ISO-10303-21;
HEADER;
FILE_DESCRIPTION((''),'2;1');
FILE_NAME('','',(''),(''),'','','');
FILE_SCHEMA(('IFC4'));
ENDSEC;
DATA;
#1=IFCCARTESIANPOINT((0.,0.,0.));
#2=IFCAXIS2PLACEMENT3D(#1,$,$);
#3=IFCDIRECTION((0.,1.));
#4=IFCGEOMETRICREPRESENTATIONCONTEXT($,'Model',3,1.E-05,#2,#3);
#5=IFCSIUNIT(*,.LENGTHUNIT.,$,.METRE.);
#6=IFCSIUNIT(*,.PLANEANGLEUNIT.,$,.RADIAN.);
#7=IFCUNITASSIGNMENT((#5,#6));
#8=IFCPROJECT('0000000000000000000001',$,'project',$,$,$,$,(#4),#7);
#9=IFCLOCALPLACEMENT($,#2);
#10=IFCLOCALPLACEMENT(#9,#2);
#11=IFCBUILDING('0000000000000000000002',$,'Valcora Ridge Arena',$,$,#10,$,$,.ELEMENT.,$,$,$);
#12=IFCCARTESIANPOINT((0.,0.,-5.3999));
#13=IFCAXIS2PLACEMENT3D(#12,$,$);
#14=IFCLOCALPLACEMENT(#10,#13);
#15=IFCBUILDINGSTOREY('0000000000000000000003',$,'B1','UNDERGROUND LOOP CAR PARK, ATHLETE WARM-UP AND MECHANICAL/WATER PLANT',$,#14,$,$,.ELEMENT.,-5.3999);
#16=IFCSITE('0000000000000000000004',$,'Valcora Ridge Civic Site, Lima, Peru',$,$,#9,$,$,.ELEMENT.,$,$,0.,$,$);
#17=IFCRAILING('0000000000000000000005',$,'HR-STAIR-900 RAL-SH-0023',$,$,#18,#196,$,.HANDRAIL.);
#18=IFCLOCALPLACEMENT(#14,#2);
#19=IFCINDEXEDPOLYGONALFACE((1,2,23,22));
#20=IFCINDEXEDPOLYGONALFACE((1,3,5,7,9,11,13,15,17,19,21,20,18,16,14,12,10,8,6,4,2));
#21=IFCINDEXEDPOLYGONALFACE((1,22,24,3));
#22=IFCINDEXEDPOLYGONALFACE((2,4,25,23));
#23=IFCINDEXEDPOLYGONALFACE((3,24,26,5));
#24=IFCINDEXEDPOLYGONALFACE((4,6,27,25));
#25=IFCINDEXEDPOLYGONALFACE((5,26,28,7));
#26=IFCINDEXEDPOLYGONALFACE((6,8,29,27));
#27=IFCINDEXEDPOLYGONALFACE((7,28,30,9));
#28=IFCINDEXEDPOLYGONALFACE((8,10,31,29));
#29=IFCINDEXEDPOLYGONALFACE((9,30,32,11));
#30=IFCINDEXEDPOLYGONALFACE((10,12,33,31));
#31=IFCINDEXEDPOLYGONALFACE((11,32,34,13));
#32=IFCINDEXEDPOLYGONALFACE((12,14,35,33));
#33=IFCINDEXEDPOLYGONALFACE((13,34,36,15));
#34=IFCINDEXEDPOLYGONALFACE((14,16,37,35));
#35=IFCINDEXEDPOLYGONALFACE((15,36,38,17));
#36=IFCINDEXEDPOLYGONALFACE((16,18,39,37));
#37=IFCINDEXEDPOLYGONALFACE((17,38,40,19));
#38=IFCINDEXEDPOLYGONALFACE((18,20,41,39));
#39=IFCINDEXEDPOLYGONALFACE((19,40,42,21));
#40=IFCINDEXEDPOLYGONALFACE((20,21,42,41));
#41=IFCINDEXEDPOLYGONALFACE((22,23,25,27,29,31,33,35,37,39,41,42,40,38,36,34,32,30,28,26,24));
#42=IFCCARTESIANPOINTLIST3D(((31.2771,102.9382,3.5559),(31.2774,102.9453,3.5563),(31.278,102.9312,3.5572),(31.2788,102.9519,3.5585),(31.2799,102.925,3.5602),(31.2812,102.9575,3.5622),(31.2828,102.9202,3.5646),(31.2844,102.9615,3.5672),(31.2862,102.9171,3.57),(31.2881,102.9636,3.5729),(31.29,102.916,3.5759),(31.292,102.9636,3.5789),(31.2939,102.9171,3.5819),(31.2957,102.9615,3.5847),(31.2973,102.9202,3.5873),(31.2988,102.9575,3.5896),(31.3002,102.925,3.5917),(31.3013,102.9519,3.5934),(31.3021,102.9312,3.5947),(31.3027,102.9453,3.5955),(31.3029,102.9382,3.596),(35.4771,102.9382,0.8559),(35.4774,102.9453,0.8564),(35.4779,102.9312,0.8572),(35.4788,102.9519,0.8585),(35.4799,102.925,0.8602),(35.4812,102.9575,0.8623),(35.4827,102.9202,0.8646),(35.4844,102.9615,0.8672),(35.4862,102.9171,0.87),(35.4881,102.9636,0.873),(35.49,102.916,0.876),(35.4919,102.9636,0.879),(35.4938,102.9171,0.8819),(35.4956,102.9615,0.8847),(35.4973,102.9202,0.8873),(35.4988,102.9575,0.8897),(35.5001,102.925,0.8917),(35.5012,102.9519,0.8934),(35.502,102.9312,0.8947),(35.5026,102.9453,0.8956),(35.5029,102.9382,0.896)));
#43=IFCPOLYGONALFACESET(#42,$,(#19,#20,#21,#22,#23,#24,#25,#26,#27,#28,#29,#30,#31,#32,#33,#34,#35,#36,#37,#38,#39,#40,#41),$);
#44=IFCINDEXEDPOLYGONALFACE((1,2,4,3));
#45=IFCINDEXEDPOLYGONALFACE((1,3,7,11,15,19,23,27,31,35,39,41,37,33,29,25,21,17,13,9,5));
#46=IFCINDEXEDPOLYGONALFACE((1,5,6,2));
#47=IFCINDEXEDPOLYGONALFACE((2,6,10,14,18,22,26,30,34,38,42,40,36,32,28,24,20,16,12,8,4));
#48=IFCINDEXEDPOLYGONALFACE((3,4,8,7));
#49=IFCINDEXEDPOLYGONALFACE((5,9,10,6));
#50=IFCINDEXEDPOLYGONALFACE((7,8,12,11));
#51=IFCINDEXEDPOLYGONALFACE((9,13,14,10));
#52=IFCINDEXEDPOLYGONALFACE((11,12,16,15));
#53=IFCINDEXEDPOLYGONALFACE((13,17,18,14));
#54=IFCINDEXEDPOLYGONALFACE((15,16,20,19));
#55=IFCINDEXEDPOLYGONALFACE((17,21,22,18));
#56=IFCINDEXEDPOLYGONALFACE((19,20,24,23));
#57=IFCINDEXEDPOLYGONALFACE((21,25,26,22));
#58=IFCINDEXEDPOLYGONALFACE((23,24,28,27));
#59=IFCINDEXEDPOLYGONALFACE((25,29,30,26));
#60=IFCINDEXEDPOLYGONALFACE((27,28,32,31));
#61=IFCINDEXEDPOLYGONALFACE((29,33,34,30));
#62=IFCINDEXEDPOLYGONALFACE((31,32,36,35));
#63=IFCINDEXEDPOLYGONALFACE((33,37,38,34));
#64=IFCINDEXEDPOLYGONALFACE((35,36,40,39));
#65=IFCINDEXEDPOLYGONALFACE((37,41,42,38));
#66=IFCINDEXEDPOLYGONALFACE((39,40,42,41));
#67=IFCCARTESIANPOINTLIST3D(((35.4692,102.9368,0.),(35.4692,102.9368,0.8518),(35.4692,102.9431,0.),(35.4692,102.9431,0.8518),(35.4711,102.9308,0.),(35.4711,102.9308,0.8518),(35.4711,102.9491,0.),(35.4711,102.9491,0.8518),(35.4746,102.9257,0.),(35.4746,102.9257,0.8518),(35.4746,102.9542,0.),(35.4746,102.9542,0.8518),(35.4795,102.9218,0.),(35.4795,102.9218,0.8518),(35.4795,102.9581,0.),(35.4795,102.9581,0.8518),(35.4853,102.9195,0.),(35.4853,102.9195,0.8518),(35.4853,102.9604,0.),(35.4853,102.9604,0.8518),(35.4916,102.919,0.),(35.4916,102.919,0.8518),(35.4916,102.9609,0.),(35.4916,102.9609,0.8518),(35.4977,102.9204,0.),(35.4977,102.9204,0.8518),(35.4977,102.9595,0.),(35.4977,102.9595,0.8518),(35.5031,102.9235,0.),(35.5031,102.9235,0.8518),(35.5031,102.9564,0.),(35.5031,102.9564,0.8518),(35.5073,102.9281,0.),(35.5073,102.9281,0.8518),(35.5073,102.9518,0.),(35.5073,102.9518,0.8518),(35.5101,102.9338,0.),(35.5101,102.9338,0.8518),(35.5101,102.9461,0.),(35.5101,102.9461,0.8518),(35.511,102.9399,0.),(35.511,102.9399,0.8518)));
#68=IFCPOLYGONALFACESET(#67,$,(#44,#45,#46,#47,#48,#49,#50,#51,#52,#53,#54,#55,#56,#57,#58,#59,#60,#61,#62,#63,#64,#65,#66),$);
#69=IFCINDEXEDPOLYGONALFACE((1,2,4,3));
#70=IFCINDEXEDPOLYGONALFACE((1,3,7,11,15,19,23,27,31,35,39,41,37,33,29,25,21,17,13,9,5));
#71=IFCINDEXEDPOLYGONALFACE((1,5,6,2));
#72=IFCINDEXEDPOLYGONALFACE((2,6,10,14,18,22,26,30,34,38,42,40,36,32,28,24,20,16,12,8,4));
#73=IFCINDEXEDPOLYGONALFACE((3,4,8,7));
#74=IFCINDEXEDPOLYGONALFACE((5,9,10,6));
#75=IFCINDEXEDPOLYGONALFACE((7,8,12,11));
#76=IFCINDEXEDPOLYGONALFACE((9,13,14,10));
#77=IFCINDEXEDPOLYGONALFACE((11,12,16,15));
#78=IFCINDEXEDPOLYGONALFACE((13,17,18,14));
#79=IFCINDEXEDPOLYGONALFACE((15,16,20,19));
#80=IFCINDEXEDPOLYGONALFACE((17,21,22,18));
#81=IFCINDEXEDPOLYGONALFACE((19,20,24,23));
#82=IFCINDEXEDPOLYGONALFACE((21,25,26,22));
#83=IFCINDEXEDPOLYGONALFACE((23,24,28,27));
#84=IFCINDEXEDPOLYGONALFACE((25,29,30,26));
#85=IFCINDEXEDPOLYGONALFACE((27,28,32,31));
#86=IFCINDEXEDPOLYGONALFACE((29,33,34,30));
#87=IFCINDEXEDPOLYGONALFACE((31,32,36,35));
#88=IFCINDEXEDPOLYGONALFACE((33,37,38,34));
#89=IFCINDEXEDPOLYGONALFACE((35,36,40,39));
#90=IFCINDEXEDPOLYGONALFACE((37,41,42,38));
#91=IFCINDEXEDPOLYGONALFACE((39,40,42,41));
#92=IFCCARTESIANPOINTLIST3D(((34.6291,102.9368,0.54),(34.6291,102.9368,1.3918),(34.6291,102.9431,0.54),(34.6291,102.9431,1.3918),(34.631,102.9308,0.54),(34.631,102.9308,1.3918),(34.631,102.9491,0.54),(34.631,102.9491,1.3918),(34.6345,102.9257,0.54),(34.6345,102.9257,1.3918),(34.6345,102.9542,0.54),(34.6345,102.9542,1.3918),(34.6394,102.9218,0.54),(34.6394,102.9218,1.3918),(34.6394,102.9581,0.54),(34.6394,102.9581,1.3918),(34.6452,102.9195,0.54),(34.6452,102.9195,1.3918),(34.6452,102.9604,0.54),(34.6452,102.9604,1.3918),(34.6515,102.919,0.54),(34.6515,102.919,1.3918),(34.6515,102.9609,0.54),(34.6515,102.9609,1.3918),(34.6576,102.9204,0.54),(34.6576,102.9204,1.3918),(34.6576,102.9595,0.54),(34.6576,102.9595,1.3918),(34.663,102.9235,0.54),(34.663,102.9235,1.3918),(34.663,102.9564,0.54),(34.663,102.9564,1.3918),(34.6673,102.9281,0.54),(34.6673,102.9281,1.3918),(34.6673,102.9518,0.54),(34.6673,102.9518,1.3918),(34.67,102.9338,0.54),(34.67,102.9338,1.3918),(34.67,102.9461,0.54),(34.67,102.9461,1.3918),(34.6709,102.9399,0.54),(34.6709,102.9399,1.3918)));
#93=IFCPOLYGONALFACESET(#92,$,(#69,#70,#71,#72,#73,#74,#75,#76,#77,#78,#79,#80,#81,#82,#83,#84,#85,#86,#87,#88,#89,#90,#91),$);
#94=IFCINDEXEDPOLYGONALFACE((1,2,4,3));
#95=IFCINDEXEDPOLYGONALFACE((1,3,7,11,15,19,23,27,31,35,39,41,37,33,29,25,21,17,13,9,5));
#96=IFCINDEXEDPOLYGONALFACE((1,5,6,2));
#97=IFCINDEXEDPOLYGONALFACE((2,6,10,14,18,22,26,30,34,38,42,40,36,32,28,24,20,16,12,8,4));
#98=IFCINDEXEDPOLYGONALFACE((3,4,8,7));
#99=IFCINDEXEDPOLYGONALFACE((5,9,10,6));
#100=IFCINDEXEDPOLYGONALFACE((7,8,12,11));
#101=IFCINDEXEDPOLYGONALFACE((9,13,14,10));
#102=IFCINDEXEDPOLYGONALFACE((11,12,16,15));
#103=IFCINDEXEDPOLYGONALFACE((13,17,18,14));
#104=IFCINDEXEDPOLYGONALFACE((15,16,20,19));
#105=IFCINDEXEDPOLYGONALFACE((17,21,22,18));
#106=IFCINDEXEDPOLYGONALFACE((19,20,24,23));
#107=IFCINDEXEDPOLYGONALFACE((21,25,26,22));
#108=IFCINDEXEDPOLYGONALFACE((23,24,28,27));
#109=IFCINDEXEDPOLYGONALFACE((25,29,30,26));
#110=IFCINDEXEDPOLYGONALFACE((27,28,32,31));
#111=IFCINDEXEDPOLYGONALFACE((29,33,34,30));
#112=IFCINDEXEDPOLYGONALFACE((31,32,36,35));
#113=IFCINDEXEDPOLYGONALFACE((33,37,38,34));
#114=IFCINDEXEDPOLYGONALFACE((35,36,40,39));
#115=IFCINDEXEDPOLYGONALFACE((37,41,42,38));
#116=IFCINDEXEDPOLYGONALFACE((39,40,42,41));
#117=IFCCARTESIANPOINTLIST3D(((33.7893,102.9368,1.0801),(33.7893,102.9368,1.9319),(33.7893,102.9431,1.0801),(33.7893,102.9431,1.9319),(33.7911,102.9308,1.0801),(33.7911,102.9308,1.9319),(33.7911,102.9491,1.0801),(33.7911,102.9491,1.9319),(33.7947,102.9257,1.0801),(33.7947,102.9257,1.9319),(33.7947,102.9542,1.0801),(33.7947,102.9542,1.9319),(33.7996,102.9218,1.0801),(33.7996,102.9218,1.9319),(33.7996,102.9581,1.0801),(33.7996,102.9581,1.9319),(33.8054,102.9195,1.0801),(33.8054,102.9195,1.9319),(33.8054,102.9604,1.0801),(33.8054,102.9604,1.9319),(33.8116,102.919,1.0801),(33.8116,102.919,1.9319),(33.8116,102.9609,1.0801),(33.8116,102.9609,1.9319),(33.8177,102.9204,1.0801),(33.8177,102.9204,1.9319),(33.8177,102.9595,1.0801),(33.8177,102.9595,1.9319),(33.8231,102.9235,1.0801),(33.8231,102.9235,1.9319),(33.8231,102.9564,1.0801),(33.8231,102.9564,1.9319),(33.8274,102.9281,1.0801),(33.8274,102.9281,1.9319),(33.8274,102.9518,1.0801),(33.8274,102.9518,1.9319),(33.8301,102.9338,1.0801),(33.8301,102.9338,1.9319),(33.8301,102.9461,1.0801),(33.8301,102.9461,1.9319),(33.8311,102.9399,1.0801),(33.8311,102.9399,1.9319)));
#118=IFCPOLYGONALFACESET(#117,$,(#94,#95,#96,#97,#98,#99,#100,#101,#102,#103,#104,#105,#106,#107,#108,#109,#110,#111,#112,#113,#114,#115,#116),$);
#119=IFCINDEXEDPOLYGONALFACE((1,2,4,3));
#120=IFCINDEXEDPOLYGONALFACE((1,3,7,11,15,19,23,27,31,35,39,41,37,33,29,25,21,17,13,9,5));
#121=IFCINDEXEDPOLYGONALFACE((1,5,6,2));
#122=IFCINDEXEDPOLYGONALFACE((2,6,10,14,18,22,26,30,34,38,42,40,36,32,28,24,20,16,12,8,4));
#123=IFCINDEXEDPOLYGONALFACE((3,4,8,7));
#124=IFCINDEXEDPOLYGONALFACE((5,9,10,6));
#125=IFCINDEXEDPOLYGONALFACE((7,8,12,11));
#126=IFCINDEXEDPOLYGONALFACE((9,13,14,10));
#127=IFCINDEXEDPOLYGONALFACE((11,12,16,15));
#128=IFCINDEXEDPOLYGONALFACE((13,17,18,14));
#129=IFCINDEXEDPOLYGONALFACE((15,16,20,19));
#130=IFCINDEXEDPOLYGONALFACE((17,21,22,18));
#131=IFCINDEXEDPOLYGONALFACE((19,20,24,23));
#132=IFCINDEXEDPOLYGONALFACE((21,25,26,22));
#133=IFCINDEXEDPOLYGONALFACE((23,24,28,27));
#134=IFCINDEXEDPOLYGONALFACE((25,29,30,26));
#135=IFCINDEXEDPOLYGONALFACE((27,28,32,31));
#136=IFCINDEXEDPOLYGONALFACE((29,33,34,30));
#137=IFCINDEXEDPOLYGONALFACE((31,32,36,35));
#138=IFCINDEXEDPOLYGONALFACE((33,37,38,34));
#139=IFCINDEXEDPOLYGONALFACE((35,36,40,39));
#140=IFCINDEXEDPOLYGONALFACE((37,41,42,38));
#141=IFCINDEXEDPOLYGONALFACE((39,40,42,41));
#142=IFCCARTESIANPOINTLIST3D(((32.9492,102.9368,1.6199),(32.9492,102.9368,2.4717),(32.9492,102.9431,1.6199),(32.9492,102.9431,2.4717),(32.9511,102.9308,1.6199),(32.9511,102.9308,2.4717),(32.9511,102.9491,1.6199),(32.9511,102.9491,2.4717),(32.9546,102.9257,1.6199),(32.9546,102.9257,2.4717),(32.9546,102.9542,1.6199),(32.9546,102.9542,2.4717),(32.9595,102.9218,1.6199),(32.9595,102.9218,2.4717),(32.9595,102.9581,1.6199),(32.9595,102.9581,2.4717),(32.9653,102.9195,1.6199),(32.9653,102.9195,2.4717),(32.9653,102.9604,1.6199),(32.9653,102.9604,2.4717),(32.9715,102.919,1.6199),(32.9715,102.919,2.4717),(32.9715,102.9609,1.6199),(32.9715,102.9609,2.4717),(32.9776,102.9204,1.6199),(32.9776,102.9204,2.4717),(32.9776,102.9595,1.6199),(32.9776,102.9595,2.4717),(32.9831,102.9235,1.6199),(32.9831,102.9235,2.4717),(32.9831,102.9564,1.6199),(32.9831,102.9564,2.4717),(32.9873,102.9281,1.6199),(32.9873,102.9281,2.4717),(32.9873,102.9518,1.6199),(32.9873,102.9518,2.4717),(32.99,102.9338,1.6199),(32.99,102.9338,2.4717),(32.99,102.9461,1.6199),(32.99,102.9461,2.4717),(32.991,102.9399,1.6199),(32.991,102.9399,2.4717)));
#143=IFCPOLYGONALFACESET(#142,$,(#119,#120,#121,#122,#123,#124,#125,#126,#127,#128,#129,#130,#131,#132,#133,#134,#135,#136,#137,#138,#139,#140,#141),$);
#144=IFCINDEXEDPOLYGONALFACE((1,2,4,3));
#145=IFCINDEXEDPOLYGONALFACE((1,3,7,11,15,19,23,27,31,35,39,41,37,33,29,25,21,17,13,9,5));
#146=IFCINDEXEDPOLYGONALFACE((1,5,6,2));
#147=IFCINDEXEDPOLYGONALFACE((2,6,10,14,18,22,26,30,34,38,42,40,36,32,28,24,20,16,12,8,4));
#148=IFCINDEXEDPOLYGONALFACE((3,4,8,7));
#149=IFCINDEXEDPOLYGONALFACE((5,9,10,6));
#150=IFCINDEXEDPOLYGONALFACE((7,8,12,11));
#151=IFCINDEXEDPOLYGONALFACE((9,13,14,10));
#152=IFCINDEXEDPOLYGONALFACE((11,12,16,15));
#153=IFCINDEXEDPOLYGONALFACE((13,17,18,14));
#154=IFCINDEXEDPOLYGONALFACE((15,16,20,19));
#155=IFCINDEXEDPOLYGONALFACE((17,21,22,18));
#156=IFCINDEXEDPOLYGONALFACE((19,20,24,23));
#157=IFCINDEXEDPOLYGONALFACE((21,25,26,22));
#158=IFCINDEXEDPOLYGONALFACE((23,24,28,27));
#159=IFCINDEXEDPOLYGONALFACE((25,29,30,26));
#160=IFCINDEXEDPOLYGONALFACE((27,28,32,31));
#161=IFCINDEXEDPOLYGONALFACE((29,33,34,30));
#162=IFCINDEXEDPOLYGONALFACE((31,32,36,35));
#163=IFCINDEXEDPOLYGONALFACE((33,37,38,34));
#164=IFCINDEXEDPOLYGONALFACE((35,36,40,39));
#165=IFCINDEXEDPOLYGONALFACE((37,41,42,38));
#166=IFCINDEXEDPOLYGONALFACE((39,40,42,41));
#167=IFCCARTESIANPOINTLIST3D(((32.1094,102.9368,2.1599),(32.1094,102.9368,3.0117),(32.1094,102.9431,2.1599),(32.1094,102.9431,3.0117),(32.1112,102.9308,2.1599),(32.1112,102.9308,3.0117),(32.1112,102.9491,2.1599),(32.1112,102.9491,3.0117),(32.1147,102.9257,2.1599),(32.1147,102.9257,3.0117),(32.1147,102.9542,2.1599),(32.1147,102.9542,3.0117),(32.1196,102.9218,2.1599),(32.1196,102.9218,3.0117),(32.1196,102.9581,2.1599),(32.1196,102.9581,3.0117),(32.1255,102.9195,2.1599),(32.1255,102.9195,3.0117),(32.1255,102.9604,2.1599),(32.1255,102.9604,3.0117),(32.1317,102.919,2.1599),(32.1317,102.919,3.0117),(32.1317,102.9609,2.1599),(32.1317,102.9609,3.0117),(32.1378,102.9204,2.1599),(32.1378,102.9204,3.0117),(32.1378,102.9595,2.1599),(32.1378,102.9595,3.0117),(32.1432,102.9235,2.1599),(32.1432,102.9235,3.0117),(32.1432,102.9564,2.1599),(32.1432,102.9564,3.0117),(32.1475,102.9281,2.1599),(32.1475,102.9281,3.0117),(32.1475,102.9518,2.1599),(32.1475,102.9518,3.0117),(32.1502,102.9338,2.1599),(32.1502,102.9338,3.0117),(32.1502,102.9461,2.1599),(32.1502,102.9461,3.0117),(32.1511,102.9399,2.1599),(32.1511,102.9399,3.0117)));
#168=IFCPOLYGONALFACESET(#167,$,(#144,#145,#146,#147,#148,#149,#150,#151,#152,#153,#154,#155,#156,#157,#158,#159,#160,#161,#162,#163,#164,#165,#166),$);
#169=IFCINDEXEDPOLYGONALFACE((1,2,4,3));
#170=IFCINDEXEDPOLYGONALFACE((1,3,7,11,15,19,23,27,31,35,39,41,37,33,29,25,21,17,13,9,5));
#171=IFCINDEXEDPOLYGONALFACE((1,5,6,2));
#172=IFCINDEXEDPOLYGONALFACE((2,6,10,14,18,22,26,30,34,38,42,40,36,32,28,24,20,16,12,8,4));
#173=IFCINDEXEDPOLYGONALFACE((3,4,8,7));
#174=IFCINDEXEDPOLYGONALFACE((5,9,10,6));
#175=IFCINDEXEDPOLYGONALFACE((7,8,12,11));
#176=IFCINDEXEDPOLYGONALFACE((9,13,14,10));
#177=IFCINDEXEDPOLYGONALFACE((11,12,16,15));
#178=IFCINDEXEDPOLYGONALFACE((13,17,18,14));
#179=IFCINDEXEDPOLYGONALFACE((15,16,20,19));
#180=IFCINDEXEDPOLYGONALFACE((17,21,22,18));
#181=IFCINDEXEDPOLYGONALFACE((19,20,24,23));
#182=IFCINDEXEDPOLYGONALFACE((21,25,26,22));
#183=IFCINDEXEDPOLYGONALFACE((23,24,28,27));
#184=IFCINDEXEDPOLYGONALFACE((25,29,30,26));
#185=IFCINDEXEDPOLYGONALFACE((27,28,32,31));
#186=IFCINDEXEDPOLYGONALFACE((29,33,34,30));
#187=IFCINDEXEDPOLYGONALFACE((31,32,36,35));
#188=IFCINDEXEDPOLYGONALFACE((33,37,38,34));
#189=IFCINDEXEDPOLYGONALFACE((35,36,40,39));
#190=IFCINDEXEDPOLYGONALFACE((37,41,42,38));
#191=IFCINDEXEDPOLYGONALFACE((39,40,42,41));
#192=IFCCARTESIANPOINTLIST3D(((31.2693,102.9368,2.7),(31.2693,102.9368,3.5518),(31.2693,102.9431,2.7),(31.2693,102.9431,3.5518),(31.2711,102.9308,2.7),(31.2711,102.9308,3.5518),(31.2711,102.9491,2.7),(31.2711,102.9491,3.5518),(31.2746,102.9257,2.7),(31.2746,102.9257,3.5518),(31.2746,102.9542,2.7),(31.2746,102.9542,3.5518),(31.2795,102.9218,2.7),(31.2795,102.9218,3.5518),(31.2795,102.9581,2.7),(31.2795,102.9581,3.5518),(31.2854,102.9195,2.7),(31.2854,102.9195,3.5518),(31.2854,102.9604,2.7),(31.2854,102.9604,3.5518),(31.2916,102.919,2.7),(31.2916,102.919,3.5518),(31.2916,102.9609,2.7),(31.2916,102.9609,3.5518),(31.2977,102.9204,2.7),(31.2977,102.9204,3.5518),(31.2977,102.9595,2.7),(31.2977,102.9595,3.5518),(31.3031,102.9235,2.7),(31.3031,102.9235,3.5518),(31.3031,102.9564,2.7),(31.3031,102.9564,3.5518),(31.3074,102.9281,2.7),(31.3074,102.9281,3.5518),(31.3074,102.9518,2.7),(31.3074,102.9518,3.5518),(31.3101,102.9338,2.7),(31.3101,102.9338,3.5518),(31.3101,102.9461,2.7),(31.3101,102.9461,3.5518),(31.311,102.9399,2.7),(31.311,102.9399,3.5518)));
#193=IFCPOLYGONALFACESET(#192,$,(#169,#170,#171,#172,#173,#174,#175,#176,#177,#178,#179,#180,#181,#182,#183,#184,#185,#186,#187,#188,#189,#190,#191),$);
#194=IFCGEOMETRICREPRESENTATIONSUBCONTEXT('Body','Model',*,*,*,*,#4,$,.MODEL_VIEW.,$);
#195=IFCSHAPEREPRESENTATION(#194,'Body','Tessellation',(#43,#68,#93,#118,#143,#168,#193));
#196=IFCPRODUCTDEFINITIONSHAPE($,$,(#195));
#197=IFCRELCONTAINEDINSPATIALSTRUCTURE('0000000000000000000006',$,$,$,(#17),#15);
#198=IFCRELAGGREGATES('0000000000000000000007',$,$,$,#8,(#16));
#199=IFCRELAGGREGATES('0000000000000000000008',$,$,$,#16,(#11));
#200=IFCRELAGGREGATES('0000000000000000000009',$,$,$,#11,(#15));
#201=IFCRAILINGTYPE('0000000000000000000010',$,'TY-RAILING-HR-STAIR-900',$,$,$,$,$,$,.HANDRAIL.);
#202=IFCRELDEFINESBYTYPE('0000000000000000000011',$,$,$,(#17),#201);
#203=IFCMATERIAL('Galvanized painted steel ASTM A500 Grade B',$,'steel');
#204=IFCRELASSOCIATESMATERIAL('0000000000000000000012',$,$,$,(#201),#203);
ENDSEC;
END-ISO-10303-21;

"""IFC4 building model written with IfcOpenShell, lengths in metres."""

from ifc_helpers import new_model, si_unit, direction, frame, origin, origin_2d, place, context, subcontext, project, spatial, circle, extrude, material, type_object, element, save


model = new_model("IFC4")

# Units and contexts
model_context = context("Model", 3, precision=1e-05, world=origin(), true_north=direction((0.0, 1.0)))
body_context = subcontext(model_context, "Body", "Model", "MODEL_VIEW")
ifc_project = project(units=[si_unit("LENGTHUNIT", "METRE"), si_unit("PLANEANGLEUNIT", "RADIAN")], contexts=[model_context])

# Site, building, storey
site_placement = place(None, origin())
site = spatial("IfcSite", under=ifc_project, at=site_placement, Name="Valcora Ridge Civic Site, Lima, Peru", CompositionType="ELEMENT", RefElevation=0.0)
building_placement = place(site_placement, origin())
building = spatial("IfcBuilding", under=site, at=building_placement, Name="Valcora Ridge Arena", CompositionType="ELEMENT")
storey_placement = place(building_placement, frame((0.0, 0.0, -5.3999)))
storey = spatial("IfcBuildingStorey", under=building, at=storey_placement, Name="B1", Description="UNDERGROUND LOOP CAR PARK, ATHLETE WARM-UP AND MECHANICAL/WATER PLANT", CompositionType="ELEMENT", Elevation=-5.3999)

# Railing
ifc_material_1 = material(Name="Galvanized painted steel ASTM A500 Grade B", Category="steel")
railing_type_1 = type_object("IfcRailingType", Name="TY-RAILING-HR-STAIR-900", PredefinedType="HANDRAIL", material=ifc_material_1)
railing_1_placement = place(storey_placement, frame((35.49, 102.9399, 0.0)))
element("IfcRailing", 1, at=railing_1_placement, inside=storey, type_object=railing_type_1, Name="HR-STAIR-900 RAL-SH-0023", PredefinedType="HANDRAIL", context=body_context, shape_type="SweptSolid", body=[
    extrude(circle(Radius=0.0239, at=origin_2d()), frame((0.0, 0.0, 0.876), z_axis=(-0.84118, 0.0, 0.540755), x_axis=(0.0, -1.0, 0.0)), (0.0, 0.0, 1.0), 4.9929),
    extrude(circle(Radius=0.021, at=origin_2d()), origin(), (0.0, 0.0, 1.0), 0.8518),
    extrude(circle(Radius=0.021, at=origin_2d()), frame((-0.8401, 0.0, 0.54)), (0.0, 0.0, 1.0), 0.8518),
    extrude(circle(Radius=0.021, at=origin_2d()), frame((-1.6799, 0.0, 1.0801)), (0.0, 0.0, 1.0), 0.8518),
    extrude(circle(Radius=0.021, at=origin_2d()), frame((-2.52, 0.0, 1.6199)), (0.0, 0.0, 1.0), 0.8518),
    extrude(circle(Radius=0.021, at=origin_2d()), frame((-3.3599, 0.0, 2.1599)), (0.0, 0.0, 1.0), 0.8518),
    extrude(circle(Radius=0.021, at=origin_2d()), frame((-4.2, 0.0, 2.7)), (0.0, 0.0, 1.0), 0.8518),
])

save(model, "model.ifc")
